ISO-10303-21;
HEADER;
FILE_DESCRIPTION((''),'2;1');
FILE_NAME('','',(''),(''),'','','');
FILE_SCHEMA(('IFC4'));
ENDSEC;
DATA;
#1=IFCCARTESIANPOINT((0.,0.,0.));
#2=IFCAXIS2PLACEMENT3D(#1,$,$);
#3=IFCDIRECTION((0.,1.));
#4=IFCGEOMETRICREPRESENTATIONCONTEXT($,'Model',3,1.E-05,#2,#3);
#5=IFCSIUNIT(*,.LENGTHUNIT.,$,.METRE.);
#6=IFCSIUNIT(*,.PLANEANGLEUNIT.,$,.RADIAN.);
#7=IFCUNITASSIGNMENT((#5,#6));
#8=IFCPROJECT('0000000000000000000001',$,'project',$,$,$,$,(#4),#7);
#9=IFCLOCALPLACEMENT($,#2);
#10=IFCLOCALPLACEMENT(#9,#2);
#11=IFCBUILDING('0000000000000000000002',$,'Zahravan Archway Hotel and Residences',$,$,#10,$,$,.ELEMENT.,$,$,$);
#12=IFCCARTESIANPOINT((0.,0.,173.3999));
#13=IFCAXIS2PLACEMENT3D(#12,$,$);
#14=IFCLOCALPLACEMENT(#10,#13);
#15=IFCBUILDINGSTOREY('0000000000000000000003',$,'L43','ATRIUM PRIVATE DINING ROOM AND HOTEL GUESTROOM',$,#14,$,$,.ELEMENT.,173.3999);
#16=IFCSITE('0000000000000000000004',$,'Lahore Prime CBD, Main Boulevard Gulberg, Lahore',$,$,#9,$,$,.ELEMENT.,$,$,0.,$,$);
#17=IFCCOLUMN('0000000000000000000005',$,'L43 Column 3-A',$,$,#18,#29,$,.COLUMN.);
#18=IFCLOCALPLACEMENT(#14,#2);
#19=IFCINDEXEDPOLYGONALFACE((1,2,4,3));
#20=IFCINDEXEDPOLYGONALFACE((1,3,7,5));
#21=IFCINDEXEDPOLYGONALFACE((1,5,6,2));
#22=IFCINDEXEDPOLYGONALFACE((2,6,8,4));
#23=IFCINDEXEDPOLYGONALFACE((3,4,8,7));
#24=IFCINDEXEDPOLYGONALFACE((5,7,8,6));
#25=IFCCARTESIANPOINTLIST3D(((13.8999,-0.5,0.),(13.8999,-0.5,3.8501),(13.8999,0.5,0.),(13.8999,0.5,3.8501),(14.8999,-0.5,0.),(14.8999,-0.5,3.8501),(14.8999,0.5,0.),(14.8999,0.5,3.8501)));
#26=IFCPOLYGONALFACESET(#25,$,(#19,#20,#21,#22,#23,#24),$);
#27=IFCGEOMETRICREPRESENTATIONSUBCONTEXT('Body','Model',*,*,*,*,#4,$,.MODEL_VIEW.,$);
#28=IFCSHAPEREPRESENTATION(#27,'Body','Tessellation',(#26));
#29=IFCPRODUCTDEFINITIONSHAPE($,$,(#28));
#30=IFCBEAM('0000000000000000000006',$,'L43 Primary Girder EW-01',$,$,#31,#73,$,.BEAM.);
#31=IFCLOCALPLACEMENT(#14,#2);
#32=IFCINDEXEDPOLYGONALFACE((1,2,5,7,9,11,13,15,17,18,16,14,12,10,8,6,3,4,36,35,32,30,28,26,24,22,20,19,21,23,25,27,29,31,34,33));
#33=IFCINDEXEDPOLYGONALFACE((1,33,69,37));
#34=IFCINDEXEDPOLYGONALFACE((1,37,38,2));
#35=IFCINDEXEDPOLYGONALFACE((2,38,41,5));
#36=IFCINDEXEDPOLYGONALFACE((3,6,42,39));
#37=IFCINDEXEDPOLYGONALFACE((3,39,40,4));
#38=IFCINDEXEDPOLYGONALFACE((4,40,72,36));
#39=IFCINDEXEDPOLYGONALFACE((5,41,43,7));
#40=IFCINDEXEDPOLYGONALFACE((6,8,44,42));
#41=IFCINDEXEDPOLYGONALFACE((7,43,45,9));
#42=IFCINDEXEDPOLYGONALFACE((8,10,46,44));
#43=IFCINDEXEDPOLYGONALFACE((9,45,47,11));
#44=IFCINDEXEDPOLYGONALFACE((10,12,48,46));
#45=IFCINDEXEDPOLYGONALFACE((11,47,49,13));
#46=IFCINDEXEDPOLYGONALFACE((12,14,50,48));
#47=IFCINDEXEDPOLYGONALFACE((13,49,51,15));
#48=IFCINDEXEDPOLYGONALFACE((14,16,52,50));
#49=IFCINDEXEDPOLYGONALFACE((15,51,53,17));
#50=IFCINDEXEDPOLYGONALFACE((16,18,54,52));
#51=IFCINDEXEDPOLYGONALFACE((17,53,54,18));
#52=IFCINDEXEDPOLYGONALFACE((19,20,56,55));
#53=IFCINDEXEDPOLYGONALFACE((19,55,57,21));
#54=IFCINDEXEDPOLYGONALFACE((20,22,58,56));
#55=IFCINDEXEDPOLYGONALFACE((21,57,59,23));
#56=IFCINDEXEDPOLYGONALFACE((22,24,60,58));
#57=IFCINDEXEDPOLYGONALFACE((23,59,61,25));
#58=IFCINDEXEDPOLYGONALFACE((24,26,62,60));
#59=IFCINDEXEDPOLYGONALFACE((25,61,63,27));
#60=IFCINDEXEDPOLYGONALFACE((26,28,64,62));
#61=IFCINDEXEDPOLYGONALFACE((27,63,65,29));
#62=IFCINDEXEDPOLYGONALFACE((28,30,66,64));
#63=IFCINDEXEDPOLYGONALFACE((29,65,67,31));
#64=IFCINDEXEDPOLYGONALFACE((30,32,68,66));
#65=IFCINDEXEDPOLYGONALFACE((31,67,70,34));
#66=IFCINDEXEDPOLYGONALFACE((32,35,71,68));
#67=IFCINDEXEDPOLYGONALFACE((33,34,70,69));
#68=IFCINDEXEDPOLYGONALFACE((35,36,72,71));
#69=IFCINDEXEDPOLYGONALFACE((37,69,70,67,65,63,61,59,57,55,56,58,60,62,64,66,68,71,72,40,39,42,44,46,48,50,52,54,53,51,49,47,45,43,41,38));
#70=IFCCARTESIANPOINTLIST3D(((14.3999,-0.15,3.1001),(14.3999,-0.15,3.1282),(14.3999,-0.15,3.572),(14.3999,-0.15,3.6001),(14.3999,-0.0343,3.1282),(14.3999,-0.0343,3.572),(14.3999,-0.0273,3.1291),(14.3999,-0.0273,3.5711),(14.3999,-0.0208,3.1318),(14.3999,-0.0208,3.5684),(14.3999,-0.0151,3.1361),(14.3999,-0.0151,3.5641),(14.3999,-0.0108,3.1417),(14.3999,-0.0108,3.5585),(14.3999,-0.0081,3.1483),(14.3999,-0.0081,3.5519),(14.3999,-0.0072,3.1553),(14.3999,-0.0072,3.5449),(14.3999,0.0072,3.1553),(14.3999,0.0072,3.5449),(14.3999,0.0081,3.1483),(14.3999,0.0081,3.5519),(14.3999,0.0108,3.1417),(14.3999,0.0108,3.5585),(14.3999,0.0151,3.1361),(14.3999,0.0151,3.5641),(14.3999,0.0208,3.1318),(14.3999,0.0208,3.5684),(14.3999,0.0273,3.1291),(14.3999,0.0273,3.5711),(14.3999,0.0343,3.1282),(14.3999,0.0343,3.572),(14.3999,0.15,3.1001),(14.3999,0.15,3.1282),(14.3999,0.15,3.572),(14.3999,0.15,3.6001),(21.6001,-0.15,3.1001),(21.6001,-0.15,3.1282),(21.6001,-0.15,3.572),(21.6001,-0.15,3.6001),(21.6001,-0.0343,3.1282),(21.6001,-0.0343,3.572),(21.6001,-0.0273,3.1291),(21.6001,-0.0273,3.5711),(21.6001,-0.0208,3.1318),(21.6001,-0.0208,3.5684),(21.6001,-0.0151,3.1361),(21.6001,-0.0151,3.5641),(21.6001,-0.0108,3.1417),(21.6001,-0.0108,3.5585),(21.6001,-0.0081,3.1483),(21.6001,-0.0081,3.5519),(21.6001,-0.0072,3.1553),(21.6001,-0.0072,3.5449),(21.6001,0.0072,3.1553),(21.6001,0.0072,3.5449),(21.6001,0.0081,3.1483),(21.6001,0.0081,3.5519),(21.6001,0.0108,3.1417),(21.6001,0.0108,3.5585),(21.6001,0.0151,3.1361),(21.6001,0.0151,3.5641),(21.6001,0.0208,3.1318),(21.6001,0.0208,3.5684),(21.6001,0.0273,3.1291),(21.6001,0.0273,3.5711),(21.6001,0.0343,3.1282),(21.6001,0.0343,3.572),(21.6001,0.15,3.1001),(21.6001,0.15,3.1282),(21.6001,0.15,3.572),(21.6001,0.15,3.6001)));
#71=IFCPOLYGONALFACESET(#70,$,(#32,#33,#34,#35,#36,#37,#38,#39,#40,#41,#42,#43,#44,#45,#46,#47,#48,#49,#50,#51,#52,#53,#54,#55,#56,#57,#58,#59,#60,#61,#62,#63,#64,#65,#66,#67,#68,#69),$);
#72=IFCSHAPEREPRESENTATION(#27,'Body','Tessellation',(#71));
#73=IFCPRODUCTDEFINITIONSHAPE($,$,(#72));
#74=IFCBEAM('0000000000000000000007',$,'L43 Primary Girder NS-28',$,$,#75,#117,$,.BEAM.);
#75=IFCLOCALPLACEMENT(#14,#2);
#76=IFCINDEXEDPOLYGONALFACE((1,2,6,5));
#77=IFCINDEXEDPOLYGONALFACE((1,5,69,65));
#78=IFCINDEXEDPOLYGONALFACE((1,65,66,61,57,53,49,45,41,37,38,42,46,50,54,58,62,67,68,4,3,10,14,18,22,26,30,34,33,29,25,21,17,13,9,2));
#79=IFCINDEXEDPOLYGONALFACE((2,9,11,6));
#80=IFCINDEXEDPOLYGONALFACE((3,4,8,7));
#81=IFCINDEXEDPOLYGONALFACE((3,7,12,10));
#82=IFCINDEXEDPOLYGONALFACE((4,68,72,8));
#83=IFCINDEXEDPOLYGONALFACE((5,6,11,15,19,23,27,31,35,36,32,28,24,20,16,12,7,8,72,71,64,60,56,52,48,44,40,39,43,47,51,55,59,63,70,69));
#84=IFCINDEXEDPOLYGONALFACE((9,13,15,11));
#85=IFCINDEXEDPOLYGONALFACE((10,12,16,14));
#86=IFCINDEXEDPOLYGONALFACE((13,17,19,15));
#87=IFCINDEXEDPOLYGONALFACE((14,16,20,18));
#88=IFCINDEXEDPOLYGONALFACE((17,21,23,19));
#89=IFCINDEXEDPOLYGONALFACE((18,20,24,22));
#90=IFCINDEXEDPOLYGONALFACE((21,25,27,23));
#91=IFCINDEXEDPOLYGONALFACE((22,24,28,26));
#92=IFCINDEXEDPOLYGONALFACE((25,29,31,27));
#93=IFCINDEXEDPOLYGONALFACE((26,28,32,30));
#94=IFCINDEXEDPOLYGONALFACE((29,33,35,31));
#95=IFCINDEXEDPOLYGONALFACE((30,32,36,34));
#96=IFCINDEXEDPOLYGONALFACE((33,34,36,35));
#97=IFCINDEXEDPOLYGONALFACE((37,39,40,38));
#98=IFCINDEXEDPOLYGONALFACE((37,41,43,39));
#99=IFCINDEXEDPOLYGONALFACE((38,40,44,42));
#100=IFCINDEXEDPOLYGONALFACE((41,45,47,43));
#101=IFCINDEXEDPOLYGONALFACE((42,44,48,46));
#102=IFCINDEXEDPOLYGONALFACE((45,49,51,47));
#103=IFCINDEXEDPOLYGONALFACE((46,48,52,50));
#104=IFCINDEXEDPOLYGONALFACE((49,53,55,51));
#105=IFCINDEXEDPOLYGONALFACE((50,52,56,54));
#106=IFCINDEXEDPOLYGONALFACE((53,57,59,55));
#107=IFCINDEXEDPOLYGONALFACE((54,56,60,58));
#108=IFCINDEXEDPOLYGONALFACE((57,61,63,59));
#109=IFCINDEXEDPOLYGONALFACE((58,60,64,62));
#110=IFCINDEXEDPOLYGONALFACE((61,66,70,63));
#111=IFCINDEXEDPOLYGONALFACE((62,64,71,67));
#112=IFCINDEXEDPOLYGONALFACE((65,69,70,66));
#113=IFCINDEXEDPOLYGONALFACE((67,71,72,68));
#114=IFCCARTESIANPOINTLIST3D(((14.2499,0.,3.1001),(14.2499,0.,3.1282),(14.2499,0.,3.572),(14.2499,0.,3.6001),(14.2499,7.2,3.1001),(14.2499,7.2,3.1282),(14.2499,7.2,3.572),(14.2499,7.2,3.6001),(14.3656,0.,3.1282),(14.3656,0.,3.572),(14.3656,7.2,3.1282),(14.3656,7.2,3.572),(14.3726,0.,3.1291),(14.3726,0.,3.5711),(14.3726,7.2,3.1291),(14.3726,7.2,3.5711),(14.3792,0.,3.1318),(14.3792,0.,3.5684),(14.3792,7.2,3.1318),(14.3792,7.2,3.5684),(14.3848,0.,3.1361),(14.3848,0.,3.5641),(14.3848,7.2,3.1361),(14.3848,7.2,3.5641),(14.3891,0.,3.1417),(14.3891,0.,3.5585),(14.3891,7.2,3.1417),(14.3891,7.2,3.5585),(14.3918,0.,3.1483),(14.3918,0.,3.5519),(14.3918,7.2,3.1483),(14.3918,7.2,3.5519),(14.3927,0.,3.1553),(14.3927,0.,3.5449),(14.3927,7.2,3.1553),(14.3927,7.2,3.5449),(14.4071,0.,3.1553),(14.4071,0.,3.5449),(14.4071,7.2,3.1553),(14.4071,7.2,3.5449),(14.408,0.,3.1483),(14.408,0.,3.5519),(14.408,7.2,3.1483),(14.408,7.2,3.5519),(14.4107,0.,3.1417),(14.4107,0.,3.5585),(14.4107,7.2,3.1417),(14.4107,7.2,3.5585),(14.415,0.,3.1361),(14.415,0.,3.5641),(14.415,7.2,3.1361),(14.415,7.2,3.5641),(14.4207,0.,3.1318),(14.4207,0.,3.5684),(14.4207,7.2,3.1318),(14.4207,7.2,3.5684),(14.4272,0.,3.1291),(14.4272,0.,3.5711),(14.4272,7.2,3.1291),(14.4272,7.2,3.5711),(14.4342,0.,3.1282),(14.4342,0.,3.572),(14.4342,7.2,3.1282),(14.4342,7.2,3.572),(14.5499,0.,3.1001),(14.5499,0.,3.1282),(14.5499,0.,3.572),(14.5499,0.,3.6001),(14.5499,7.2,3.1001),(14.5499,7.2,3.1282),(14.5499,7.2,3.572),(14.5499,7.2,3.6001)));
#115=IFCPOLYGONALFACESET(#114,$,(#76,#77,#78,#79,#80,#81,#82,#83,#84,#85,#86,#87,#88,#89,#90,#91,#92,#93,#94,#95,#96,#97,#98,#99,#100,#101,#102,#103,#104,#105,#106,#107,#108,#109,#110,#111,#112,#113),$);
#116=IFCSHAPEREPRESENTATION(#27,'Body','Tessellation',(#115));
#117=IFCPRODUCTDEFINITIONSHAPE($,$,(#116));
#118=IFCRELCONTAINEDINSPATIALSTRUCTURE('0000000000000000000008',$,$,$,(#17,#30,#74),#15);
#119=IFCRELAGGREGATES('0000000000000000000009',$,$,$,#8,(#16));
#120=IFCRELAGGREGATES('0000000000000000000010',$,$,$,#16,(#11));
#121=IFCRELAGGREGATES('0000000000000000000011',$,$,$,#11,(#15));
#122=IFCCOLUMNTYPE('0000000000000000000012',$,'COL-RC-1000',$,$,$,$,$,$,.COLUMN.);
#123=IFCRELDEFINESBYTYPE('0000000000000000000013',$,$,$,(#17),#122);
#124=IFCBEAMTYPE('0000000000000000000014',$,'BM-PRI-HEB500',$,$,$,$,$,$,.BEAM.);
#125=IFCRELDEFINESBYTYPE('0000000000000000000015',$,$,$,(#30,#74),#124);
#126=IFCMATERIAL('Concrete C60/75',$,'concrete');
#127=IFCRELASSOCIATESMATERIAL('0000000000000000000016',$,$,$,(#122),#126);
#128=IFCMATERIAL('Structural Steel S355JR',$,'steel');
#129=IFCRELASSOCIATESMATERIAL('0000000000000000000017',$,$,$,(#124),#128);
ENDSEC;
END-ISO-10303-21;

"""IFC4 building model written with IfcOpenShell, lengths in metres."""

from ifc_helpers import new_model, si_unit, direction, frame, origin, origin_2d, place, context, subcontext, project, spatial, rectangle, i_section, extrude, source, transform, mapped, material, material_profile, profile_set, type_object, type_shapes, element, save


model = new_model("IFC4")

# Units and contexts
model_context = context("Model", 3, precision=1e-05, world=origin(), true_north=direction((0.0, 1.0)))
body_context = subcontext(model_context, "Body", "Model", "MODEL_VIEW")
ifc_project = project(units=[si_unit("LENGTHUNIT", "METRE"), si_unit("PLANEANGLEUNIT", "RADIAN")], contexts=[model_context])

# Site, building, storey
site_placement = place(None, origin())
site = spatial("IfcSite", under=ifc_project, at=site_placement, Name="Lahore Prime CBD, Main Boulevard Gulberg, Lahore", CompositionType="ELEMENT", RefElevation=0.0)
building_placement = place(site_placement, origin())
building = spatial("IfcBuilding", under=site, at=building_placement, Name="Zahravan Archway Hotel and Residences", CompositionType="ELEMENT")
storey_placement = place(building_placement, frame((0.0, 0.0, 173.3999)))
storey = spatial("IfcBuildingStorey", under=building, at=storey_placement, Name="L43", Description="ATRIUM PRIVATE DINING ROOM AND HOTEL GUESTROOM", CompositionType="ELEMENT", Elevation=173.3999)

# Column
ifc_material_1 = material(Name="Concrete C60/75", Category="concrete")
ifc_material_profile_1 = material_profile(ifc_material_1, rectangle(XDim=1.0, YDim=1.0, at=origin_2d()), Name="RC-COL-1000x1000", Category="concrete")
ifc_profile_set_1 = profile_set([ifc_material_profile_1], Name="Concrete C60/75")
column_type = type_object("IfcColumnType", Name="COL-RC-1000", PredefinedType="COLUMN", material=ifc_profile_set_1)
shared_shape_1 = source(origin(), body_context, "Body", "SweptSolid", [
    extrude(rectangle(XDim=1.0, YDim=1.0, at=origin_2d()), origin(), (0.0, 0.0, 1.0), 3.8501),
])
column_placement = place(storey_placement, frame((14.3999, 0.0, 0.0), z_axis=(0.0, 0.0, 1.0), x_axis=(1.0, 0.0, 0.0)))
element("IfcColumn", 1, at=column_placement, inside=storey, type_object=column_type, Name="L43 Column 3-A", PredefinedType="COLUMN", context=body_context, shape_type="MappedRepresentation", body=[
    mapped(shared_shape_1, transform((0.0, 0.0, 0.0), scale=1.0)),
])

# Beams
ifc_material_2 = material(Name="Structural Steel S355JR", Category="steel")
ifc_material_profile_2 = material_profile(ifc_material_2, i_section(OverallWidth=0.3, OverallDepth=0.5, WebThickness=0.0144, FlangeThickness=0.0281, FilletRadius=0.0271, at=origin_2d()), Name="HEB 500", Category="steel")
ifc_profile_set_2 = profile_set([ifc_material_profile_2], Name="Structural Steel S355JR")
beam_type = type_object("IfcBeamType", Name="BM-PRI-HEB500", PredefinedType="BEAM", material=ifc_profile_set_2)
shared_shape_2 = source(origin(), body_context, "Body", "SweptSolid", [
    extrude(i_section(OverallWidth=0.3, OverallDepth=0.5, WebThickness=0.0144, FlangeThickness=0.0281, FilletRadius=0.0271, at=origin_2d()), origin(), (0.0, 0.0, 1.0), 7.2002),
])
type_shapes(beam_type, [shared_shape_2])
beam_1_placement = place(storey_placement, frame((14.3999, 0.0, 3.3501), z_axis=(1.0, 0.0, 0.0), x_axis=(0.0, 1.0, 0.0)))
element("IfcBeam", 2, at=beam_1_placement, inside=storey, type_object=beam_type, Name="L43 Primary Girder EW-01", PredefinedType="BEAM", context=body_context, shape_type="MappedRepresentation", body=[
    mapped(shared_shape_2, transform((0.0, 0.0, 0.0), scale=1.0)),
])
shared_shape_3 = source(origin(), body_context, "Body", "SweptSolid", [
    extrude(i_section(OverallWidth=0.3, OverallDepth=0.5, WebThickness=0.0144, FlangeThickness=0.0281, FilletRadius=0.0271, at=origin_2d()), origin(), (0.0, 0.0, 1.0), 7.2),
])
beam_2_placement = place(storey_placement, frame((14.3999, 0.0, 3.3501), z_axis=(0.0, 1.0, 0.0), x_axis=(-1.0, 0.0, 0.0)))
element("IfcBeam", 3, at=beam_2_placement, inside=storey, type_object=beam_type, Name="L43 Primary Girder NS-28", PredefinedType="BEAM", context=body_context, shape_type="MappedRepresentation", body=[
    mapped(shared_shape_3, transform((0.0, 0.0, 0.0), scale=1.0)),
])

save(model, "model.ifc")
